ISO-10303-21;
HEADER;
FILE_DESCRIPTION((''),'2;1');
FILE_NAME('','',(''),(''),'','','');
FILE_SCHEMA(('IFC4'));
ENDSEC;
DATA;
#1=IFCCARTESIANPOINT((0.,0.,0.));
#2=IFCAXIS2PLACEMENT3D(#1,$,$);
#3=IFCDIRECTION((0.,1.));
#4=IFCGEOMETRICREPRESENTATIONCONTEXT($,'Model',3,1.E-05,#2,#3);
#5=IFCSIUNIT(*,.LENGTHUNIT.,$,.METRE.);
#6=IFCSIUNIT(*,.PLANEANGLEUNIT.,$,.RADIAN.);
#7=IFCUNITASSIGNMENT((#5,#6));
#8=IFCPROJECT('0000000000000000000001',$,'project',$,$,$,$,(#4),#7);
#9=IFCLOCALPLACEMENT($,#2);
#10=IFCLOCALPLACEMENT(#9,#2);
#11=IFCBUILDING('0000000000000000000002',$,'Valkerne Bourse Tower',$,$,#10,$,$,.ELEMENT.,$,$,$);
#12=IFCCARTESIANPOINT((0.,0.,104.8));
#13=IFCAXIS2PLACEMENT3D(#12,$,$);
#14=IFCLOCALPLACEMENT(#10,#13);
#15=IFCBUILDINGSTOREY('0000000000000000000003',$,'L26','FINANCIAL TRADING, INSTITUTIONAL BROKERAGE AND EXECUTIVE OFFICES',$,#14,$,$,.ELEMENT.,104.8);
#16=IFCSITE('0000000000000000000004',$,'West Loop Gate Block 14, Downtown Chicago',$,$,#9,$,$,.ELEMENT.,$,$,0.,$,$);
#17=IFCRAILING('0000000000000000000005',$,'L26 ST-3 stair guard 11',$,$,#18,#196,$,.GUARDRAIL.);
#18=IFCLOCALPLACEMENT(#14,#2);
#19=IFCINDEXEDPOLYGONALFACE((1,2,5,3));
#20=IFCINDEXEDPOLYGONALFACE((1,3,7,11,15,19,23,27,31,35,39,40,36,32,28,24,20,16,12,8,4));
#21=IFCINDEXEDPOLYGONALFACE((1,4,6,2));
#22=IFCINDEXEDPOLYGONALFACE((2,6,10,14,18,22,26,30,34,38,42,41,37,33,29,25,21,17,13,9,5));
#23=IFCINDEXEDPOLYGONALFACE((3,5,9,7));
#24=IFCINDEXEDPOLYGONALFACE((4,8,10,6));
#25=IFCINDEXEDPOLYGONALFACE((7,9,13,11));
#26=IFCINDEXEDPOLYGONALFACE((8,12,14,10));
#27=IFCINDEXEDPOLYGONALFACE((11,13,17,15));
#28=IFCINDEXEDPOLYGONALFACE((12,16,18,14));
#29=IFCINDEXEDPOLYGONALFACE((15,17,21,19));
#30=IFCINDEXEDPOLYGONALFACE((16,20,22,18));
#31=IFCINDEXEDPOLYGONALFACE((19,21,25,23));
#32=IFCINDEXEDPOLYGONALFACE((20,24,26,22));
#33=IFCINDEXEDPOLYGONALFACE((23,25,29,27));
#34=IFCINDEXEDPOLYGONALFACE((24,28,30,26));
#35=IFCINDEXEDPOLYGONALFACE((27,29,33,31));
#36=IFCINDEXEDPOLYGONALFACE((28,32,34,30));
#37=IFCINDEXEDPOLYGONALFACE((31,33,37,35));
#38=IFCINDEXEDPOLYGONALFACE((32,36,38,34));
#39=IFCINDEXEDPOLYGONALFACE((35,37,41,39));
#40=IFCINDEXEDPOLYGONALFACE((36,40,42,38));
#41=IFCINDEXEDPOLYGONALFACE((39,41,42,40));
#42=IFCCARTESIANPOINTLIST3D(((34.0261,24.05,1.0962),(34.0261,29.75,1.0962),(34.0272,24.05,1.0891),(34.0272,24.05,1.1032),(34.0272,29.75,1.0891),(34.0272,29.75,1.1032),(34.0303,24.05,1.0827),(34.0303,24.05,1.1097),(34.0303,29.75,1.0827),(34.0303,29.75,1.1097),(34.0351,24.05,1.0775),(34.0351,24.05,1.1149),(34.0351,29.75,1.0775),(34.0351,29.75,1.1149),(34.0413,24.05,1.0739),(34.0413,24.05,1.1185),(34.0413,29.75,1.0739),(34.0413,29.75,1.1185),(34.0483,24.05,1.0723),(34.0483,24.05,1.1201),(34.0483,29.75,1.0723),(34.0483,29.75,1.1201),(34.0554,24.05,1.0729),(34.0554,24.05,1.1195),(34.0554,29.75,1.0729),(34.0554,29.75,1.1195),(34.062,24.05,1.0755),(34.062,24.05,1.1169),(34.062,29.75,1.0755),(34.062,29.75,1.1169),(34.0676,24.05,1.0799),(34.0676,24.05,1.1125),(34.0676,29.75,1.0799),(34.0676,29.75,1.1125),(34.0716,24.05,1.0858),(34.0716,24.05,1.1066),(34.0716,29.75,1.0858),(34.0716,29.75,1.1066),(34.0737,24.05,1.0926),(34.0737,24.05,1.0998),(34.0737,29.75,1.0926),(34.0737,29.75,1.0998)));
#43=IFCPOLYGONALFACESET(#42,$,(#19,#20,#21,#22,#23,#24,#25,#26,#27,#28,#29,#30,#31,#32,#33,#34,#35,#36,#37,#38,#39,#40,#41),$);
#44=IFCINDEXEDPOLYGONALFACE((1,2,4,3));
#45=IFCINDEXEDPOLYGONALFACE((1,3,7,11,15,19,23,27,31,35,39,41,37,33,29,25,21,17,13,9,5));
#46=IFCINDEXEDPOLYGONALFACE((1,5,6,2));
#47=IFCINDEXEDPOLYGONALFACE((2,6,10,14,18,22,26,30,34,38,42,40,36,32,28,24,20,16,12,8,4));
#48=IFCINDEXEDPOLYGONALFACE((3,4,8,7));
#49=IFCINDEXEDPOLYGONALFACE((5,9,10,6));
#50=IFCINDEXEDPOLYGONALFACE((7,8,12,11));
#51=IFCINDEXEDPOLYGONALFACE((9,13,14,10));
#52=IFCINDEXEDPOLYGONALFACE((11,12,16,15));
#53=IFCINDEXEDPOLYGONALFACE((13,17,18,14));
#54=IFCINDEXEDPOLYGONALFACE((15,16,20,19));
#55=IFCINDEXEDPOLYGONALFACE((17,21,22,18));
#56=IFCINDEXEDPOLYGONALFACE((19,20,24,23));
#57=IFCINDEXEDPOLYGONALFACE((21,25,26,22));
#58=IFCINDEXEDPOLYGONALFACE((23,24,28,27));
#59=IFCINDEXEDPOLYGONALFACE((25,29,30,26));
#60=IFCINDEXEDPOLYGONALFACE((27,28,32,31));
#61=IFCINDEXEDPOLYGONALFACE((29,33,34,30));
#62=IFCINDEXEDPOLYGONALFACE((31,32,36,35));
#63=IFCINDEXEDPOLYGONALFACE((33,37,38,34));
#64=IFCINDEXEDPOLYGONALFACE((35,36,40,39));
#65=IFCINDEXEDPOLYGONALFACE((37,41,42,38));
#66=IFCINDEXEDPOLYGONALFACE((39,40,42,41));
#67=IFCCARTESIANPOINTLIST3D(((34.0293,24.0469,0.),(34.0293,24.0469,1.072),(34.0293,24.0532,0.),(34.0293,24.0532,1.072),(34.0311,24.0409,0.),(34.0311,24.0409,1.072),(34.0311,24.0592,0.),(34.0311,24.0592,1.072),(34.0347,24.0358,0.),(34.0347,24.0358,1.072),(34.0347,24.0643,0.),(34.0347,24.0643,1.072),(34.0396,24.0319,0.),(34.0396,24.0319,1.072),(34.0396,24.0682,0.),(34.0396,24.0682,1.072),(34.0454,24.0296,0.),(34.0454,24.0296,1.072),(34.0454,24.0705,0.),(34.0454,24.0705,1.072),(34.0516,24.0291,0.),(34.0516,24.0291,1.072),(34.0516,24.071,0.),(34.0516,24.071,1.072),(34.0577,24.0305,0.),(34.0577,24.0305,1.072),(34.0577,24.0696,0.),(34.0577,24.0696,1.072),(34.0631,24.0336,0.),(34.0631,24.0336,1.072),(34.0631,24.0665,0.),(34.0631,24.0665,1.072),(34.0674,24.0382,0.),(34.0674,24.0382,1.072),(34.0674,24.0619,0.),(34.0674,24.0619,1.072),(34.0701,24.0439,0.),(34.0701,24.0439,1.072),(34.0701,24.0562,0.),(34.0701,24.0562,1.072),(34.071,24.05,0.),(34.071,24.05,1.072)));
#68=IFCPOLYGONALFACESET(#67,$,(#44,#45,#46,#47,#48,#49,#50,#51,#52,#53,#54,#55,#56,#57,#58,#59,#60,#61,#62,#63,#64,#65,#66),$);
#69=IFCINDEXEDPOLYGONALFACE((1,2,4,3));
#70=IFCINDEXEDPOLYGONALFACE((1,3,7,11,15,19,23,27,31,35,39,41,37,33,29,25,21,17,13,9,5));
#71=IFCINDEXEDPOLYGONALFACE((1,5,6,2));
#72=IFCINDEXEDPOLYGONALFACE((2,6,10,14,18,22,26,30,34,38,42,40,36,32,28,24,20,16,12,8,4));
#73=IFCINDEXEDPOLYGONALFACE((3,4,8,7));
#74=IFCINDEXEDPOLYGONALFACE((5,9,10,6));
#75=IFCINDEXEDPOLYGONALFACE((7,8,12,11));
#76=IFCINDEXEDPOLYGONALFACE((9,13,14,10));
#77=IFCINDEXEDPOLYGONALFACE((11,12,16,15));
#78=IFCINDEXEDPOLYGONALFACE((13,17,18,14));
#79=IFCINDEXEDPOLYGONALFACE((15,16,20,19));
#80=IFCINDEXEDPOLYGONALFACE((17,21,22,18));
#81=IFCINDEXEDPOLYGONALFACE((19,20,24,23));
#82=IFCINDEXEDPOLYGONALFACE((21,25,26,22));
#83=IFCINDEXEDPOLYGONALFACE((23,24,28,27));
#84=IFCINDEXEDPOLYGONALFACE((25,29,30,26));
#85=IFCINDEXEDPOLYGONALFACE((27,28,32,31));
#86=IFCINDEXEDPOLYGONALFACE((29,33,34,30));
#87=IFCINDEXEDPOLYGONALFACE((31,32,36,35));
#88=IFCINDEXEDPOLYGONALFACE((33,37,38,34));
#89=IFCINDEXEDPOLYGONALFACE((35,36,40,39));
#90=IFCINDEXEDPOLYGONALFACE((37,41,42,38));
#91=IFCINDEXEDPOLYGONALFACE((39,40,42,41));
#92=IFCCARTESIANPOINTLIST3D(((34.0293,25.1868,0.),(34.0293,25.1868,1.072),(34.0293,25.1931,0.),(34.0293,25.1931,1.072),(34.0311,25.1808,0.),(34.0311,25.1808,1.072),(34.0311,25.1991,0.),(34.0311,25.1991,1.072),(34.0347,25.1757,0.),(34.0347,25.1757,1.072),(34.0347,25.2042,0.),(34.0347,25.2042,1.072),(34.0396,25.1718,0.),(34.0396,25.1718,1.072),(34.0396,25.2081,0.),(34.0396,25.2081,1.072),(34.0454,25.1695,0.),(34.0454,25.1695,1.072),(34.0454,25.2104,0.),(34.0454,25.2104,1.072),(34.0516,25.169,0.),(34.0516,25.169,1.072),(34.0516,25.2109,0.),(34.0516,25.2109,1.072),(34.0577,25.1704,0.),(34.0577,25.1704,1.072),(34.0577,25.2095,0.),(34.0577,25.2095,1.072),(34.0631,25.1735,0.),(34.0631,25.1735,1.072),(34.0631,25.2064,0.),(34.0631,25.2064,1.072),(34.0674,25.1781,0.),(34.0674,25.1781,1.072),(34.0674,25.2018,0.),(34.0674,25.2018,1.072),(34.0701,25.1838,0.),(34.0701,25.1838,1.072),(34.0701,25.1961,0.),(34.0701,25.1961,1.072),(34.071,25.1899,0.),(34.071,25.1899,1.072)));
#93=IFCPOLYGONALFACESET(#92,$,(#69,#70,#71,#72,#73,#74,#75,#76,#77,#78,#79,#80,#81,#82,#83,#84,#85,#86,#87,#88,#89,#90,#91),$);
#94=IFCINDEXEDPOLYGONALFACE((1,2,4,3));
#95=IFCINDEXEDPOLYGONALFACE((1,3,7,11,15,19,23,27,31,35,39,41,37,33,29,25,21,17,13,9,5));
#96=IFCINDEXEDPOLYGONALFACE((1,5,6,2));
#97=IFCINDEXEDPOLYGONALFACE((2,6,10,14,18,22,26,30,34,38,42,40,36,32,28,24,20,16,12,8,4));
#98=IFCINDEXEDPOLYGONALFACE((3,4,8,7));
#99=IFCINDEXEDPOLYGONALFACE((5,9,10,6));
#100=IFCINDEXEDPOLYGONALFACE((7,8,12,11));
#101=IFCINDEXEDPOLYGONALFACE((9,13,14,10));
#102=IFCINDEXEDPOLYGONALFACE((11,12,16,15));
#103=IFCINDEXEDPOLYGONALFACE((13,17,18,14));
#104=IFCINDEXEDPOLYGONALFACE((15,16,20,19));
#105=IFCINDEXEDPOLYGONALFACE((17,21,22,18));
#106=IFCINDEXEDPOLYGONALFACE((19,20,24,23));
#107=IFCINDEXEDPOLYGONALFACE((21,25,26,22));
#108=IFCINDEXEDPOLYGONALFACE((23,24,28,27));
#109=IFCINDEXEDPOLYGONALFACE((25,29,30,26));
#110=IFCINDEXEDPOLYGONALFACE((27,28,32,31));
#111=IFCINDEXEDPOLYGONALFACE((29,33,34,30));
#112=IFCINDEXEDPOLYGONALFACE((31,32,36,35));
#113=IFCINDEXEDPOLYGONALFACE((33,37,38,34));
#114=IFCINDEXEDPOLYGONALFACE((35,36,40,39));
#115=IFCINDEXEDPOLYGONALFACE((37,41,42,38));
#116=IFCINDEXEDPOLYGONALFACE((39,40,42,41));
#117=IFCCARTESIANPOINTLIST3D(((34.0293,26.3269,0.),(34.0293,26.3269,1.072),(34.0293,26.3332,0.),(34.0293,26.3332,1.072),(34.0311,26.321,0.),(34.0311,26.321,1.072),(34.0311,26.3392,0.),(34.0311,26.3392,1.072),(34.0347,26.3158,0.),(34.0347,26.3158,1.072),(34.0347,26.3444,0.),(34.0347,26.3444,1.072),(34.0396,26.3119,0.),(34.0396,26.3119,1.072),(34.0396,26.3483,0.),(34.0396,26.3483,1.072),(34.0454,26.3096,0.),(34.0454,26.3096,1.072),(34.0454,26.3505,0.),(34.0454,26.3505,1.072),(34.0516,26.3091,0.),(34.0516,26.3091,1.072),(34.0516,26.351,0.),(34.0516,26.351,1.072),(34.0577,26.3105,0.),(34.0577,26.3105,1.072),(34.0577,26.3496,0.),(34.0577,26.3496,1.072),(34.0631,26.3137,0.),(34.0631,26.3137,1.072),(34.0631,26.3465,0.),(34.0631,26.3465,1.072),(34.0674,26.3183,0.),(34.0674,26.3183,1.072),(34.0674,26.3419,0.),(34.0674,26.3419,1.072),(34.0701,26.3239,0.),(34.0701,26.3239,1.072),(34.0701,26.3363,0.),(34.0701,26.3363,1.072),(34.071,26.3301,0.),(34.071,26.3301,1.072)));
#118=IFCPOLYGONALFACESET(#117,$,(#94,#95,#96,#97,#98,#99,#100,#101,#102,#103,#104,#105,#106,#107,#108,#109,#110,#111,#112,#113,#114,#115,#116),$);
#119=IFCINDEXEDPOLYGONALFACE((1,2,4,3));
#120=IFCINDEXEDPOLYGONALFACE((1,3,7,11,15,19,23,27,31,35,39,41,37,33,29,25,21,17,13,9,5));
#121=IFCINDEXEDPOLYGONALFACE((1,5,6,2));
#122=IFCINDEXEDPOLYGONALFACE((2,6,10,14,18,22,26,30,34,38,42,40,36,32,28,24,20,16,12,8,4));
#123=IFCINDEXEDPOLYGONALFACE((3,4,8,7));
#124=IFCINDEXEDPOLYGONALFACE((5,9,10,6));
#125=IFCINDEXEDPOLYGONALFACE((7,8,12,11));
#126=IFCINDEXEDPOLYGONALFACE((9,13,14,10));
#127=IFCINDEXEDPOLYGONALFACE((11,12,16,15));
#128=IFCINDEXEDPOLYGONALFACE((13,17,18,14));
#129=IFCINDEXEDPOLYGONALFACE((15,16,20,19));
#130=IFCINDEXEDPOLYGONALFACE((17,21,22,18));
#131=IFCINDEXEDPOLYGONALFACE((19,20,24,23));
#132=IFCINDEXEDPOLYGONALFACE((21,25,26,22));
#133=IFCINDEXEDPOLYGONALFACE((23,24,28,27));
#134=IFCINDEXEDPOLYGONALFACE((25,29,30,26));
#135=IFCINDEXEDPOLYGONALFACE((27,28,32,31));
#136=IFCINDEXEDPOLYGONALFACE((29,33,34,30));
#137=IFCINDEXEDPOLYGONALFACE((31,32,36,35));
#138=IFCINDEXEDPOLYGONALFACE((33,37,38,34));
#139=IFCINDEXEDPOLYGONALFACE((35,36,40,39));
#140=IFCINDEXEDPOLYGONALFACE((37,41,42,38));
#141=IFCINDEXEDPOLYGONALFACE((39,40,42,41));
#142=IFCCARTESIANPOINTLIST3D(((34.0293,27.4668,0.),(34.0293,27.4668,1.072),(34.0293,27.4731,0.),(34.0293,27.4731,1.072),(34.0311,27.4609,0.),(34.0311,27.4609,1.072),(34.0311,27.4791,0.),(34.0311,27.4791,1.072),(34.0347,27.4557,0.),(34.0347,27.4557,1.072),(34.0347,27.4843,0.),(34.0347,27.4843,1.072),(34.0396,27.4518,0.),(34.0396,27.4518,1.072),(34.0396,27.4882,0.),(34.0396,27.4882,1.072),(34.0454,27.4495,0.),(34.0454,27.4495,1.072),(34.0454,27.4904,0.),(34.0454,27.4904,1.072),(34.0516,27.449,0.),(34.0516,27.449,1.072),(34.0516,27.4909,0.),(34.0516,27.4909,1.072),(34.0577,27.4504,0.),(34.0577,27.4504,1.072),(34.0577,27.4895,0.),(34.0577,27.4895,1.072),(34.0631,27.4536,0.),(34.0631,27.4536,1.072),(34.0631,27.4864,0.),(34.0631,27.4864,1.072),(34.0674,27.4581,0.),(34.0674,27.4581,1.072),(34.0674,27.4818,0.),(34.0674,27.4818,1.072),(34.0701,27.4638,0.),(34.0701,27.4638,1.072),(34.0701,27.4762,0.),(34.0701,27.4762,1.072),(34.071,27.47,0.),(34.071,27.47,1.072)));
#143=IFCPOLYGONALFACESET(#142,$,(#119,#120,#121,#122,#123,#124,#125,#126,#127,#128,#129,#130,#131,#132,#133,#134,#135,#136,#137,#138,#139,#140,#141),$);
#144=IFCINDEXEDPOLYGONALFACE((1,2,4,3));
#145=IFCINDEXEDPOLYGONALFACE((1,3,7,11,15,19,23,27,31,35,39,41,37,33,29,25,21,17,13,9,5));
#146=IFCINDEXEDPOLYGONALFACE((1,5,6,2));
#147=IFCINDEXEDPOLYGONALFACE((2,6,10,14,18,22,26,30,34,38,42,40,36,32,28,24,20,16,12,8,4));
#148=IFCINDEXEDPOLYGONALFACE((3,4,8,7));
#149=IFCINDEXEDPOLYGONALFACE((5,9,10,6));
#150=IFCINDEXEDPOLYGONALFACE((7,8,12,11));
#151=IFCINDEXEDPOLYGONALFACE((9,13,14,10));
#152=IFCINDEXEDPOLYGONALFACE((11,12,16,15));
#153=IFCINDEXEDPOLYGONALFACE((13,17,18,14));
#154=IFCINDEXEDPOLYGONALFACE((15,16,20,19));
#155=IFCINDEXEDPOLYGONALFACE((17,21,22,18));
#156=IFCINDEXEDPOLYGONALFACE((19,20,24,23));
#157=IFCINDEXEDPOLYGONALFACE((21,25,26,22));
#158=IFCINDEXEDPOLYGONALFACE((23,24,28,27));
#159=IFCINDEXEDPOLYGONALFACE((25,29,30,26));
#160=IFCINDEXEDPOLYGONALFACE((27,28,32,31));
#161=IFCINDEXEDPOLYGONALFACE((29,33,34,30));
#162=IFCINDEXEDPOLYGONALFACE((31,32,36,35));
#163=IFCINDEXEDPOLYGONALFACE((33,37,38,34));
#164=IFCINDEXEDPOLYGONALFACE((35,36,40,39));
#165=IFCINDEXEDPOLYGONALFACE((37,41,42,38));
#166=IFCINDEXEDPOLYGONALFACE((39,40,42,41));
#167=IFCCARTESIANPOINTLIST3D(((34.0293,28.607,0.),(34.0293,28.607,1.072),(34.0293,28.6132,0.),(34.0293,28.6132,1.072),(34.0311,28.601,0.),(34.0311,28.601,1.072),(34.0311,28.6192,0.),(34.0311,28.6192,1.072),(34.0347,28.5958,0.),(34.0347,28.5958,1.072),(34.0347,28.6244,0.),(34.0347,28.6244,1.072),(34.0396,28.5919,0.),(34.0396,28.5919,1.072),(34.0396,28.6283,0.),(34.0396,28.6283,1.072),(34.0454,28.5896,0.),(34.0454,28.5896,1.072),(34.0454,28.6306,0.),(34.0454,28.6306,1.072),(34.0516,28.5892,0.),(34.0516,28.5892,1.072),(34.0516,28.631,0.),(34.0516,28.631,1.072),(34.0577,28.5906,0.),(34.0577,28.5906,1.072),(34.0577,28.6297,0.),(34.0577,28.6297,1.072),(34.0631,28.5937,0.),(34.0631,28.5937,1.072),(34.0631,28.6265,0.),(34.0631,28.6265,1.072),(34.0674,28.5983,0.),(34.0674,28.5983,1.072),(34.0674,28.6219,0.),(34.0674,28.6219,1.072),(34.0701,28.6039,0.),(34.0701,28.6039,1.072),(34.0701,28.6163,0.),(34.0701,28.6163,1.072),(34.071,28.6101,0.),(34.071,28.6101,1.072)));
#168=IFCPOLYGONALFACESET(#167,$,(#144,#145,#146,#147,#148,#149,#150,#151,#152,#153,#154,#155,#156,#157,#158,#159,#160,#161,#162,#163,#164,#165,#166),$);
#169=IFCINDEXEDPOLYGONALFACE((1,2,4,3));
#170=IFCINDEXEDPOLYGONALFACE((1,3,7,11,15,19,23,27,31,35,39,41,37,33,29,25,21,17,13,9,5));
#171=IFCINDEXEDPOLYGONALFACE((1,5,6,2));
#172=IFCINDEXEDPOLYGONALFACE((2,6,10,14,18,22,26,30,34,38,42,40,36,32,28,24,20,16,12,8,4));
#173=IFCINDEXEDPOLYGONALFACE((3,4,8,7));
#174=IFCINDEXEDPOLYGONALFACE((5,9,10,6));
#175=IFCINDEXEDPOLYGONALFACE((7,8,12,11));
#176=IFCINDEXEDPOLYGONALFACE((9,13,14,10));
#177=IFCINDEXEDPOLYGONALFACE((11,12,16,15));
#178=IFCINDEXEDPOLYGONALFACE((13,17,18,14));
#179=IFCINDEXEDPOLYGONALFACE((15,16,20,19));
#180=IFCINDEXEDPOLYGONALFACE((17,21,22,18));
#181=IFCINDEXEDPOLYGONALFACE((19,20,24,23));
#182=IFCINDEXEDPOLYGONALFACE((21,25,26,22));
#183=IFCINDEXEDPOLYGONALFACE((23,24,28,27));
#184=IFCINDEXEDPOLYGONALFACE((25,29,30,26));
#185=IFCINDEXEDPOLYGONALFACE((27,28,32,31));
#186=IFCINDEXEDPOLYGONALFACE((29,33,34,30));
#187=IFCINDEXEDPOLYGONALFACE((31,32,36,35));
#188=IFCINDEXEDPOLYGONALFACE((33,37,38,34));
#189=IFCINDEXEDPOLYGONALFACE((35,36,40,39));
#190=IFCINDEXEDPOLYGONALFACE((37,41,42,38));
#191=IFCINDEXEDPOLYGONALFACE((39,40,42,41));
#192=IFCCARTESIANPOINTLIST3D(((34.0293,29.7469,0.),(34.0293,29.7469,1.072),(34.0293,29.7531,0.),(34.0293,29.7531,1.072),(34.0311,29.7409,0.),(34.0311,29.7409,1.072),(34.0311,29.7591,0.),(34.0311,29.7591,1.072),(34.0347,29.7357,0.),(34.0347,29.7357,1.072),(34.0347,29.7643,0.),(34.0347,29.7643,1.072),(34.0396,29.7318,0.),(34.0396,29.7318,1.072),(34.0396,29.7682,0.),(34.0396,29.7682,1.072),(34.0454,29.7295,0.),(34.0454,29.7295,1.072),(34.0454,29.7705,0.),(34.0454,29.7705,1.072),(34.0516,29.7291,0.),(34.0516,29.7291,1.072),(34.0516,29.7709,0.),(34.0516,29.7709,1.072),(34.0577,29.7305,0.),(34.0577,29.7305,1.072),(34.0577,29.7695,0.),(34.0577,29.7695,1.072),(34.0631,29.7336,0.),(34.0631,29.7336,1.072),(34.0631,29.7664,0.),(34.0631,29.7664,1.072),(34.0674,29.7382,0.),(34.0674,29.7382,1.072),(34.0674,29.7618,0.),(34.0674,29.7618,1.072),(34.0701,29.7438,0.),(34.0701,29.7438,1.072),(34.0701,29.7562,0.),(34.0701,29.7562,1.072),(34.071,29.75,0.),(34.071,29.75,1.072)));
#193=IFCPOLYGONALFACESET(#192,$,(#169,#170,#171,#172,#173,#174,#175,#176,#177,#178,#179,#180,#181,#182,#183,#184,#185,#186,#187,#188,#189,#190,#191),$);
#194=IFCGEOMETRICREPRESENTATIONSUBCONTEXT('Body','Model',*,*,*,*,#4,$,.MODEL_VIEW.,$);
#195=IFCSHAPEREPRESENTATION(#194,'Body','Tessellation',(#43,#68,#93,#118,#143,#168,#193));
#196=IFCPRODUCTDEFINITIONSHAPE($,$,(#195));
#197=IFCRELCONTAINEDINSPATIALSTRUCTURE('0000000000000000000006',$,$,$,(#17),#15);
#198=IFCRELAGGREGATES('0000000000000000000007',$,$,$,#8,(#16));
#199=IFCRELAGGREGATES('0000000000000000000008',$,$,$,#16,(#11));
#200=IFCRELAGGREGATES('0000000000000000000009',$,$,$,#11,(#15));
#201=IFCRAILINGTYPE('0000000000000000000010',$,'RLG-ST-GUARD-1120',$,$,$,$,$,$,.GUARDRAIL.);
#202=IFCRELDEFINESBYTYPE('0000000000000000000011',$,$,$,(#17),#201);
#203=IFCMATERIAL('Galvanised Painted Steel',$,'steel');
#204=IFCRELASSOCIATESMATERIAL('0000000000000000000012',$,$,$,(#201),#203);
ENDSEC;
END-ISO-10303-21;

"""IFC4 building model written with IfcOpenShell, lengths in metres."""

from ifc_helpers import new_model, si_unit, direction, frame, origin, origin_2d, place, context, subcontext, project, spatial, circle, extrude, material, type_object, element, save


model = new_model("IFC4")

# Units and contexts
model_context = context("Model", 3, precision=1e-05, world=origin(), true_north=direction((0.0, 1.0)))
body_context = subcontext(model_context, "Body", "Model", "MODEL_VIEW")
ifc_project = project(units=[si_unit("LENGTHUNIT", "METRE"), si_unit("PLANEANGLEUNIT", "RADIAN")], contexts=[model_context])

# Site, building, storey
site_placement = place(None, origin())
site = spatial("IfcSite", under=ifc_project, at=site_placement, Name="West Loop Gate Block 14, Downtown Chicago", CompositionType="ELEMENT", RefElevation=0.0)
building_placement = place(site_placement, origin())
building = spatial("IfcBuilding", under=site, at=building_placement, Name="Valkerne Bourse Tower", CompositionType="ELEMENT")
storey_placement = place(building_placement, frame((0.0, 0.0, 104.8)))
storey = spatial("IfcBuildingStorey", under=building, at=storey_placement, Name="L26", Description="FINANCIAL TRADING, INSTITUTIONAL BROKERAGE AND EXECUTIVE OFFICES", CompositionType="ELEMENT", Elevation=104.8)

# Shared definitions
ifc_material_1 = material(Name="Galvanised Painted Steel", Category="steel")

# Railing
railing_type_1 = type_object("IfcRailingType", Name="RLG-ST-GUARD-1120", PredefinedType="GUARDRAIL", material=ifc_material_1)
for number, where, name in (
    (1, (34.05, 24.05, 0.0), "L26 ST-3 stair guard 11"),
):
    element("IfcRailing", number, at=place(storey_placement, frame(where)), inside=storey, type_object=railing_type_1, Name=name, PredefinedType="GUARDRAIL", context=body_context, shape_type="SweptSolid", body=[
        extrude(circle(Radius=0.0239, at=origin_2d()), frame((0.0, 0.0, 1.0962), z_axis=(0.0, 1.0, 0.0), x_axis=(-1.0, 0.0, 0.0)), (0.0, 0.0, 1.0), 5.7),
        extrude(circle(Radius=0.021, at=origin_2d()), origin(), (0.0, 0.0, 1.0), 1.072),
        extrude(circle(Radius=0.021, at=origin_2d()), frame((0.0, 1.1399, 0.0)), (0.0, 0.0, 1.0), 1.072),
        extrude(circle(Radius=0.021, at=origin_2d()), frame((0.0, 2.28, 0.0)), (0.0, 0.0, 1.0), 1.072),
        extrude(circle(Radius=0.021, at=origin_2d()), frame((0.0, 3.4199, 0.0)), (0.0, 0.0, 1.0), 1.072),
        extrude(circle(Radius=0.021, at=origin_2d()), frame((0.0, 4.5601, 0.0)), (0.0, 0.0, 1.0), 1.072),
        extrude(circle(Radius=0.021, at=origin_2d()), frame((0.0, 5.7, 0.0)), (0.0, 0.0, 1.0), 1.072),
    ])

save(model, "model.ifc")
